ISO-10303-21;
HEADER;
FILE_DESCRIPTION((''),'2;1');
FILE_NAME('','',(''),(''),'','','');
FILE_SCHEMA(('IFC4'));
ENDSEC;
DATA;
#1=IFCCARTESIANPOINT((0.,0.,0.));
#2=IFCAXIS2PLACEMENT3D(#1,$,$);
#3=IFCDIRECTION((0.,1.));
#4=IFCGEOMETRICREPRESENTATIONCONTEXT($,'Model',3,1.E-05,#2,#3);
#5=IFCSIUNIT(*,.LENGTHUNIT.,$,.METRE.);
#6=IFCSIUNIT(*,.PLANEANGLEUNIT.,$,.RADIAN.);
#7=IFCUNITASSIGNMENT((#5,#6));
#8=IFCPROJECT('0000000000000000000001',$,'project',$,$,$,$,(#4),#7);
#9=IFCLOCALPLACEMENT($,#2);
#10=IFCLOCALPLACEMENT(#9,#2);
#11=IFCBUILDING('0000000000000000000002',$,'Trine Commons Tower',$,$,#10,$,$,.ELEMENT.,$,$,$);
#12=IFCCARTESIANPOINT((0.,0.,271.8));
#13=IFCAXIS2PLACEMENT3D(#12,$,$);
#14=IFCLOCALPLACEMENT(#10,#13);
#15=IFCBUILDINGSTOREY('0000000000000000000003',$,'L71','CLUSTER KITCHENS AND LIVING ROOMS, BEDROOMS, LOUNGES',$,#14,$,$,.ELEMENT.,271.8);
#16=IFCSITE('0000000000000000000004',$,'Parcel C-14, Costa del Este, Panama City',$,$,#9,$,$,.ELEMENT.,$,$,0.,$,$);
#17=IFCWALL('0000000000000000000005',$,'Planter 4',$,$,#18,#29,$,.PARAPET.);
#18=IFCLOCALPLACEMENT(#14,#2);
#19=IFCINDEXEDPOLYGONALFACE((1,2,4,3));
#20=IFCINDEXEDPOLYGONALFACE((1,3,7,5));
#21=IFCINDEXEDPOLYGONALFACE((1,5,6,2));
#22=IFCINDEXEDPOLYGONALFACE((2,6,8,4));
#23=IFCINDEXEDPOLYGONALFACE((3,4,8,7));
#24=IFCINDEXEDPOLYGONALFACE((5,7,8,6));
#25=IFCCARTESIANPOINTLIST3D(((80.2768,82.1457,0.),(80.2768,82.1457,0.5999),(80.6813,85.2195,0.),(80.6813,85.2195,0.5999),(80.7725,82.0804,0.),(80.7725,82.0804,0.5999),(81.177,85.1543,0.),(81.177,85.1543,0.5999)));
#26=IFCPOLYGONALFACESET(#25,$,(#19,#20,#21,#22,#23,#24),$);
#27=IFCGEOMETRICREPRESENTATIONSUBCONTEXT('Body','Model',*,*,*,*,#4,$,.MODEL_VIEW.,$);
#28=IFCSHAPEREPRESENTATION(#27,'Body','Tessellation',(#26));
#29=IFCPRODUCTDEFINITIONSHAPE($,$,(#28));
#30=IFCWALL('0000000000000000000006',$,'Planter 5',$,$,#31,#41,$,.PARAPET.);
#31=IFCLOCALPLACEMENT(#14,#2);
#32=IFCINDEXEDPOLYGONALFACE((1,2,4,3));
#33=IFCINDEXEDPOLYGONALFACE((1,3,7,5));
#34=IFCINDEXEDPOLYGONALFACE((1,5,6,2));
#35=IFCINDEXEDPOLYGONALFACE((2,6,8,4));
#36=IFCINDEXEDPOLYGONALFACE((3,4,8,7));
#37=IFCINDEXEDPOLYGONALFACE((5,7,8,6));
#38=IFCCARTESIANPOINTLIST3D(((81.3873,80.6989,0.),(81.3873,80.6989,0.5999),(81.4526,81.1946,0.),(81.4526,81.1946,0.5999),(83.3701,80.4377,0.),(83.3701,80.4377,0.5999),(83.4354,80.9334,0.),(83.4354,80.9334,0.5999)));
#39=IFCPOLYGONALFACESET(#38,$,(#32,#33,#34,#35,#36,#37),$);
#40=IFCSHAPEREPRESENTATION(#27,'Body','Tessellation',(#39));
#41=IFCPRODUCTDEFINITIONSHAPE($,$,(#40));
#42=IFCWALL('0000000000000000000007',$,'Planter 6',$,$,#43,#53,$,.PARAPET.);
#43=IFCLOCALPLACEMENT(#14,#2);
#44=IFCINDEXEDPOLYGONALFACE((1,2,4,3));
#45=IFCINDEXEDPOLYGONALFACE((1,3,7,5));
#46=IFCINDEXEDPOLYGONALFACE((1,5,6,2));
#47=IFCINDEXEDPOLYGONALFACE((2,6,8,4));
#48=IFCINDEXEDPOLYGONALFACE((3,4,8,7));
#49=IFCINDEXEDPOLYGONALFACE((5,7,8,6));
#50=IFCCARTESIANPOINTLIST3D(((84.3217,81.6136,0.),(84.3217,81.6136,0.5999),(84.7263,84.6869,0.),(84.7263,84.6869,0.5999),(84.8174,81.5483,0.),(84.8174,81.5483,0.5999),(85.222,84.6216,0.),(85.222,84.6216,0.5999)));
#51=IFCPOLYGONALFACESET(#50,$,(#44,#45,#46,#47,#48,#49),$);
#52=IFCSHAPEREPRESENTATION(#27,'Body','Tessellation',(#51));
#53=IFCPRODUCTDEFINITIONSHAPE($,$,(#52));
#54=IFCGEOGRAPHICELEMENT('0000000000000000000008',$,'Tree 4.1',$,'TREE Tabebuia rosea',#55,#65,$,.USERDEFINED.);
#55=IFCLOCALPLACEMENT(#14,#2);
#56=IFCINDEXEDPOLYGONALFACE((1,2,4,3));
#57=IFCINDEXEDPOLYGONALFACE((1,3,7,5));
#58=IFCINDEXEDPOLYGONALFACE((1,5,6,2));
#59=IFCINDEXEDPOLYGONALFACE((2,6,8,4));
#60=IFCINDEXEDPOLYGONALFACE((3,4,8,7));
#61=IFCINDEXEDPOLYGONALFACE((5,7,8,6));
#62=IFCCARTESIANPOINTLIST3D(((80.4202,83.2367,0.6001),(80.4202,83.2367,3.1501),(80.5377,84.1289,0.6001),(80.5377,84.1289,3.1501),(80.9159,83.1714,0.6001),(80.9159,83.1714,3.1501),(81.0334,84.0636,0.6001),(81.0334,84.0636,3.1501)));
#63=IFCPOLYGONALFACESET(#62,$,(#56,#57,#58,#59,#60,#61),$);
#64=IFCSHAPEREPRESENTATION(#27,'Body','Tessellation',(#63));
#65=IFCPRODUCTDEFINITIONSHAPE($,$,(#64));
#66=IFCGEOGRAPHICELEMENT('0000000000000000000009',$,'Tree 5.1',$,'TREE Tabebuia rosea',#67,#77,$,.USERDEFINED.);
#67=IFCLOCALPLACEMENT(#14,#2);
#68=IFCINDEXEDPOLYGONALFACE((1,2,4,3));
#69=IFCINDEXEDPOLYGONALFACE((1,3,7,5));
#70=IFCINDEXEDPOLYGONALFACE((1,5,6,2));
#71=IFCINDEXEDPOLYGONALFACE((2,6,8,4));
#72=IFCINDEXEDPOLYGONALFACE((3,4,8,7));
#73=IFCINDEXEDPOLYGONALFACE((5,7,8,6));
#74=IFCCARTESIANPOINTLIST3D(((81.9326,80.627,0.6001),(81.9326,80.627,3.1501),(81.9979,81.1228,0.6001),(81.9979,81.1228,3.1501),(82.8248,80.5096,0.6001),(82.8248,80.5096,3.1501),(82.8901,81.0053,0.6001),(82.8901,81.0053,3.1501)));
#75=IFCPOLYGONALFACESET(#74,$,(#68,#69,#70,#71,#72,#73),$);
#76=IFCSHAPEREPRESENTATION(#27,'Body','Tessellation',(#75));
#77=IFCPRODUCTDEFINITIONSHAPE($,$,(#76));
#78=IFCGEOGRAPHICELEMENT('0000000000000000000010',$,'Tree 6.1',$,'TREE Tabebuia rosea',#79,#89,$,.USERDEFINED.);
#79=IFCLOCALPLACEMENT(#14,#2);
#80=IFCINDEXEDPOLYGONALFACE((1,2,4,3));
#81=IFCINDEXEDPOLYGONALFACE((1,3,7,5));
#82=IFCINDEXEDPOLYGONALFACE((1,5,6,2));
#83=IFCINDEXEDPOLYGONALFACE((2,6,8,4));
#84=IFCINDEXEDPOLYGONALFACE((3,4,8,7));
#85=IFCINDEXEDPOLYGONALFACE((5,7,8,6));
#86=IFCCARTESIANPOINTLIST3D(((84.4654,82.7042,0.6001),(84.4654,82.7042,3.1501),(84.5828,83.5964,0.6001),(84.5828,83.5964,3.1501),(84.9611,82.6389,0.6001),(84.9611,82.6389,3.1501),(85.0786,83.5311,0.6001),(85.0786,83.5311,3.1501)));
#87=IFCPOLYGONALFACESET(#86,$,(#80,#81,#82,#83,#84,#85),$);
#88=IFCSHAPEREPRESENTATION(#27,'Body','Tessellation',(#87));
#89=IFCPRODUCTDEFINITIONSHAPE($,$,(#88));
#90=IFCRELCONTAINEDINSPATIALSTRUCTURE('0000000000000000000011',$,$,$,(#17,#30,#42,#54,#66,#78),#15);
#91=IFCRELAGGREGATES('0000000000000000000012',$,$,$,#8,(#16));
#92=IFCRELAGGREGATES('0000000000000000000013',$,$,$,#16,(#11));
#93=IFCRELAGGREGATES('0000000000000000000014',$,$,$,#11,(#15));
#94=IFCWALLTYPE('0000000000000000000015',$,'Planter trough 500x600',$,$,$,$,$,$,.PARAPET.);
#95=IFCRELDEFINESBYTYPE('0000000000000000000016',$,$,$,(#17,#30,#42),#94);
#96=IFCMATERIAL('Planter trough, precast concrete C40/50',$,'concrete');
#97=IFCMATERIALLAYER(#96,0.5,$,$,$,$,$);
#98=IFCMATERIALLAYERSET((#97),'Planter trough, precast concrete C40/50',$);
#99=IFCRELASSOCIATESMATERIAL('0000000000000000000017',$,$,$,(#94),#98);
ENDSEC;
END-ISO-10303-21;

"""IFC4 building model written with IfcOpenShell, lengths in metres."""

from ifc_helpers import new_model, si_unit, direction, frame, frame_2d, origin, origin_2d, place, context, subcontext, project, spatial, rectangle, extrude, material, layer, layer_set, type_object, element, save


model = new_model("IFC4")

# Units and contexts
model_context = context("Model", 3, precision=1e-05, world=origin(), true_north=direction((0.0, 1.0)))
body_context = subcontext(model_context, "Body", "Model", "MODEL_VIEW")
ifc_project = project(units=[si_unit("LENGTHUNIT", "METRE"), si_unit("PLANEANGLEUNIT", "RADIAN")], contexts=[model_context])

# Site, building, storey
site_placement = place(None, origin())
site = spatial("IfcSite", under=ifc_project, at=site_placement, Name="Parcel C-14, Costa del Este, Panama City", CompositionType="ELEMENT", RefElevation=0.0)
building_placement = place(site_placement, origin())
building = spatial("IfcBuilding", under=site, at=building_placement, Name="Trine Commons Tower", CompositionType="ELEMENT")
storey_placement = place(building_placement, frame((0.0, 0.0, 271.8)))
storey = spatial("IfcBuildingStorey", under=building, at=storey_placement, Name="L71", Description="CLUSTER KITCHENS AND LIVING ROOMS, BEDROOMS, LOUNGES", CompositionType="ELEMENT", Elevation=271.8)

# Walls
ifc_material_1 = material(Name="Planter trough, precast concrete C40/50", Category="concrete")
ifc_layer_1 = layer(ifc_material_1, 0.5)
ifc_layer_set_1 = layer_set([ifc_layer_1], Name="Planter trough, precast concrete C40/50")
wall_type_1 = type_object("IfcWallType", Name="Planter trough 500x600", PredefinedType="PARAPET", material=ifc_layer_set_1)
wall_1_placement = place(storey_placement, frame((80.9292, 85.187, 0.0), z_axis=(0.0, 0.0, 1.0), x_axis=(-0.130487, -0.99145, 0.0)))
element("IfcWall", 1, at=wall_1_placement, inside=storey, type_object=wall_type_1, Name="Planter 4", PredefinedType="PARAPET", context=body_context, shape_type="SweptSolid", body=[
    extrude(rectangle(XDim=3.1003, YDim=0.5, at=frame_2d((1.5503, 0.0))), origin(), (0.0, 0.0, 1.0), 0.5999),
])
wall_2_placement = place(storey_placement, frame((81.4199, 80.9468, 0.0), z_axis=(0.0, 0.0, 1.0), x_axis=(0.991434, -0.130612, 0.0)))
element("IfcWall", 2, at=wall_2_placement, inside=storey, type_object=wall_type_1, Name="Planter 5", PredefinedType="PARAPET", context=body_context, shape_type="SweptSolid", body=[
    extrude(rectangle(XDim=2.0, YDim=0.5, at=frame_2d((1.0, 0.0))), origin(), (0.0, 0.0, 1.0), 0.5999),
])
wall_3_placement = place(storey_placement, frame((84.5696, 81.5811, 0.0), z_axis=(0.0, 0.0, 1.0), x_axis=(0.130507, 0.991447, 0.0)))
element("IfcWall", 3, at=wall_3_placement, inside=storey, type_object=wall_type_1, Name="Planter 6", PredefinedType="PARAPET", context=body_context, shape_type="SweptSolid", body=[
    extrude(rectangle(XDim=3.0999, YDim=0.5, at=frame_2d((1.5498, 0.0))), origin(), (0.0, 0.0, 1.0), 0.5999),
])

# Geographic elements
for number, where, z_axis, x_axis, name in (
    (4, (80.7268, 83.6501, 0.6001), (0.0, 0.0, 1.0), (-0.130514, -0.991446, 0.0), "Tree 4.1"),
    (5, (82.4114, 80.8162, 0.6001), (0.0, 0.0, 1.0), (0.991443, -0.130543, 0.0), "Tree 5.1"),
    (6, (84.772, 83.1177, 0.6001), (0.0, 0.0, 1.0), (0.130518, 0.991446, 0.0), "Tree 6.1"),
):
    element("IfcGeographicElement", number, at=place(storey_placement, frame(where, z_axis=z_axis, x_axis=x_axis)), inside=storey, Name=name, ObjectType="TREE Tabebuia rosea", PredefinedType="USERDEFINED", context=body_context, shape_type="SweptSolid", body=[
        extrude(rectangle(XDim=0.8999, YDim=0.5, at=origin_2d()), origin(), (0.0, 0.0, 1.0), 2.55),
    ])

save(model, "model.ifc")
